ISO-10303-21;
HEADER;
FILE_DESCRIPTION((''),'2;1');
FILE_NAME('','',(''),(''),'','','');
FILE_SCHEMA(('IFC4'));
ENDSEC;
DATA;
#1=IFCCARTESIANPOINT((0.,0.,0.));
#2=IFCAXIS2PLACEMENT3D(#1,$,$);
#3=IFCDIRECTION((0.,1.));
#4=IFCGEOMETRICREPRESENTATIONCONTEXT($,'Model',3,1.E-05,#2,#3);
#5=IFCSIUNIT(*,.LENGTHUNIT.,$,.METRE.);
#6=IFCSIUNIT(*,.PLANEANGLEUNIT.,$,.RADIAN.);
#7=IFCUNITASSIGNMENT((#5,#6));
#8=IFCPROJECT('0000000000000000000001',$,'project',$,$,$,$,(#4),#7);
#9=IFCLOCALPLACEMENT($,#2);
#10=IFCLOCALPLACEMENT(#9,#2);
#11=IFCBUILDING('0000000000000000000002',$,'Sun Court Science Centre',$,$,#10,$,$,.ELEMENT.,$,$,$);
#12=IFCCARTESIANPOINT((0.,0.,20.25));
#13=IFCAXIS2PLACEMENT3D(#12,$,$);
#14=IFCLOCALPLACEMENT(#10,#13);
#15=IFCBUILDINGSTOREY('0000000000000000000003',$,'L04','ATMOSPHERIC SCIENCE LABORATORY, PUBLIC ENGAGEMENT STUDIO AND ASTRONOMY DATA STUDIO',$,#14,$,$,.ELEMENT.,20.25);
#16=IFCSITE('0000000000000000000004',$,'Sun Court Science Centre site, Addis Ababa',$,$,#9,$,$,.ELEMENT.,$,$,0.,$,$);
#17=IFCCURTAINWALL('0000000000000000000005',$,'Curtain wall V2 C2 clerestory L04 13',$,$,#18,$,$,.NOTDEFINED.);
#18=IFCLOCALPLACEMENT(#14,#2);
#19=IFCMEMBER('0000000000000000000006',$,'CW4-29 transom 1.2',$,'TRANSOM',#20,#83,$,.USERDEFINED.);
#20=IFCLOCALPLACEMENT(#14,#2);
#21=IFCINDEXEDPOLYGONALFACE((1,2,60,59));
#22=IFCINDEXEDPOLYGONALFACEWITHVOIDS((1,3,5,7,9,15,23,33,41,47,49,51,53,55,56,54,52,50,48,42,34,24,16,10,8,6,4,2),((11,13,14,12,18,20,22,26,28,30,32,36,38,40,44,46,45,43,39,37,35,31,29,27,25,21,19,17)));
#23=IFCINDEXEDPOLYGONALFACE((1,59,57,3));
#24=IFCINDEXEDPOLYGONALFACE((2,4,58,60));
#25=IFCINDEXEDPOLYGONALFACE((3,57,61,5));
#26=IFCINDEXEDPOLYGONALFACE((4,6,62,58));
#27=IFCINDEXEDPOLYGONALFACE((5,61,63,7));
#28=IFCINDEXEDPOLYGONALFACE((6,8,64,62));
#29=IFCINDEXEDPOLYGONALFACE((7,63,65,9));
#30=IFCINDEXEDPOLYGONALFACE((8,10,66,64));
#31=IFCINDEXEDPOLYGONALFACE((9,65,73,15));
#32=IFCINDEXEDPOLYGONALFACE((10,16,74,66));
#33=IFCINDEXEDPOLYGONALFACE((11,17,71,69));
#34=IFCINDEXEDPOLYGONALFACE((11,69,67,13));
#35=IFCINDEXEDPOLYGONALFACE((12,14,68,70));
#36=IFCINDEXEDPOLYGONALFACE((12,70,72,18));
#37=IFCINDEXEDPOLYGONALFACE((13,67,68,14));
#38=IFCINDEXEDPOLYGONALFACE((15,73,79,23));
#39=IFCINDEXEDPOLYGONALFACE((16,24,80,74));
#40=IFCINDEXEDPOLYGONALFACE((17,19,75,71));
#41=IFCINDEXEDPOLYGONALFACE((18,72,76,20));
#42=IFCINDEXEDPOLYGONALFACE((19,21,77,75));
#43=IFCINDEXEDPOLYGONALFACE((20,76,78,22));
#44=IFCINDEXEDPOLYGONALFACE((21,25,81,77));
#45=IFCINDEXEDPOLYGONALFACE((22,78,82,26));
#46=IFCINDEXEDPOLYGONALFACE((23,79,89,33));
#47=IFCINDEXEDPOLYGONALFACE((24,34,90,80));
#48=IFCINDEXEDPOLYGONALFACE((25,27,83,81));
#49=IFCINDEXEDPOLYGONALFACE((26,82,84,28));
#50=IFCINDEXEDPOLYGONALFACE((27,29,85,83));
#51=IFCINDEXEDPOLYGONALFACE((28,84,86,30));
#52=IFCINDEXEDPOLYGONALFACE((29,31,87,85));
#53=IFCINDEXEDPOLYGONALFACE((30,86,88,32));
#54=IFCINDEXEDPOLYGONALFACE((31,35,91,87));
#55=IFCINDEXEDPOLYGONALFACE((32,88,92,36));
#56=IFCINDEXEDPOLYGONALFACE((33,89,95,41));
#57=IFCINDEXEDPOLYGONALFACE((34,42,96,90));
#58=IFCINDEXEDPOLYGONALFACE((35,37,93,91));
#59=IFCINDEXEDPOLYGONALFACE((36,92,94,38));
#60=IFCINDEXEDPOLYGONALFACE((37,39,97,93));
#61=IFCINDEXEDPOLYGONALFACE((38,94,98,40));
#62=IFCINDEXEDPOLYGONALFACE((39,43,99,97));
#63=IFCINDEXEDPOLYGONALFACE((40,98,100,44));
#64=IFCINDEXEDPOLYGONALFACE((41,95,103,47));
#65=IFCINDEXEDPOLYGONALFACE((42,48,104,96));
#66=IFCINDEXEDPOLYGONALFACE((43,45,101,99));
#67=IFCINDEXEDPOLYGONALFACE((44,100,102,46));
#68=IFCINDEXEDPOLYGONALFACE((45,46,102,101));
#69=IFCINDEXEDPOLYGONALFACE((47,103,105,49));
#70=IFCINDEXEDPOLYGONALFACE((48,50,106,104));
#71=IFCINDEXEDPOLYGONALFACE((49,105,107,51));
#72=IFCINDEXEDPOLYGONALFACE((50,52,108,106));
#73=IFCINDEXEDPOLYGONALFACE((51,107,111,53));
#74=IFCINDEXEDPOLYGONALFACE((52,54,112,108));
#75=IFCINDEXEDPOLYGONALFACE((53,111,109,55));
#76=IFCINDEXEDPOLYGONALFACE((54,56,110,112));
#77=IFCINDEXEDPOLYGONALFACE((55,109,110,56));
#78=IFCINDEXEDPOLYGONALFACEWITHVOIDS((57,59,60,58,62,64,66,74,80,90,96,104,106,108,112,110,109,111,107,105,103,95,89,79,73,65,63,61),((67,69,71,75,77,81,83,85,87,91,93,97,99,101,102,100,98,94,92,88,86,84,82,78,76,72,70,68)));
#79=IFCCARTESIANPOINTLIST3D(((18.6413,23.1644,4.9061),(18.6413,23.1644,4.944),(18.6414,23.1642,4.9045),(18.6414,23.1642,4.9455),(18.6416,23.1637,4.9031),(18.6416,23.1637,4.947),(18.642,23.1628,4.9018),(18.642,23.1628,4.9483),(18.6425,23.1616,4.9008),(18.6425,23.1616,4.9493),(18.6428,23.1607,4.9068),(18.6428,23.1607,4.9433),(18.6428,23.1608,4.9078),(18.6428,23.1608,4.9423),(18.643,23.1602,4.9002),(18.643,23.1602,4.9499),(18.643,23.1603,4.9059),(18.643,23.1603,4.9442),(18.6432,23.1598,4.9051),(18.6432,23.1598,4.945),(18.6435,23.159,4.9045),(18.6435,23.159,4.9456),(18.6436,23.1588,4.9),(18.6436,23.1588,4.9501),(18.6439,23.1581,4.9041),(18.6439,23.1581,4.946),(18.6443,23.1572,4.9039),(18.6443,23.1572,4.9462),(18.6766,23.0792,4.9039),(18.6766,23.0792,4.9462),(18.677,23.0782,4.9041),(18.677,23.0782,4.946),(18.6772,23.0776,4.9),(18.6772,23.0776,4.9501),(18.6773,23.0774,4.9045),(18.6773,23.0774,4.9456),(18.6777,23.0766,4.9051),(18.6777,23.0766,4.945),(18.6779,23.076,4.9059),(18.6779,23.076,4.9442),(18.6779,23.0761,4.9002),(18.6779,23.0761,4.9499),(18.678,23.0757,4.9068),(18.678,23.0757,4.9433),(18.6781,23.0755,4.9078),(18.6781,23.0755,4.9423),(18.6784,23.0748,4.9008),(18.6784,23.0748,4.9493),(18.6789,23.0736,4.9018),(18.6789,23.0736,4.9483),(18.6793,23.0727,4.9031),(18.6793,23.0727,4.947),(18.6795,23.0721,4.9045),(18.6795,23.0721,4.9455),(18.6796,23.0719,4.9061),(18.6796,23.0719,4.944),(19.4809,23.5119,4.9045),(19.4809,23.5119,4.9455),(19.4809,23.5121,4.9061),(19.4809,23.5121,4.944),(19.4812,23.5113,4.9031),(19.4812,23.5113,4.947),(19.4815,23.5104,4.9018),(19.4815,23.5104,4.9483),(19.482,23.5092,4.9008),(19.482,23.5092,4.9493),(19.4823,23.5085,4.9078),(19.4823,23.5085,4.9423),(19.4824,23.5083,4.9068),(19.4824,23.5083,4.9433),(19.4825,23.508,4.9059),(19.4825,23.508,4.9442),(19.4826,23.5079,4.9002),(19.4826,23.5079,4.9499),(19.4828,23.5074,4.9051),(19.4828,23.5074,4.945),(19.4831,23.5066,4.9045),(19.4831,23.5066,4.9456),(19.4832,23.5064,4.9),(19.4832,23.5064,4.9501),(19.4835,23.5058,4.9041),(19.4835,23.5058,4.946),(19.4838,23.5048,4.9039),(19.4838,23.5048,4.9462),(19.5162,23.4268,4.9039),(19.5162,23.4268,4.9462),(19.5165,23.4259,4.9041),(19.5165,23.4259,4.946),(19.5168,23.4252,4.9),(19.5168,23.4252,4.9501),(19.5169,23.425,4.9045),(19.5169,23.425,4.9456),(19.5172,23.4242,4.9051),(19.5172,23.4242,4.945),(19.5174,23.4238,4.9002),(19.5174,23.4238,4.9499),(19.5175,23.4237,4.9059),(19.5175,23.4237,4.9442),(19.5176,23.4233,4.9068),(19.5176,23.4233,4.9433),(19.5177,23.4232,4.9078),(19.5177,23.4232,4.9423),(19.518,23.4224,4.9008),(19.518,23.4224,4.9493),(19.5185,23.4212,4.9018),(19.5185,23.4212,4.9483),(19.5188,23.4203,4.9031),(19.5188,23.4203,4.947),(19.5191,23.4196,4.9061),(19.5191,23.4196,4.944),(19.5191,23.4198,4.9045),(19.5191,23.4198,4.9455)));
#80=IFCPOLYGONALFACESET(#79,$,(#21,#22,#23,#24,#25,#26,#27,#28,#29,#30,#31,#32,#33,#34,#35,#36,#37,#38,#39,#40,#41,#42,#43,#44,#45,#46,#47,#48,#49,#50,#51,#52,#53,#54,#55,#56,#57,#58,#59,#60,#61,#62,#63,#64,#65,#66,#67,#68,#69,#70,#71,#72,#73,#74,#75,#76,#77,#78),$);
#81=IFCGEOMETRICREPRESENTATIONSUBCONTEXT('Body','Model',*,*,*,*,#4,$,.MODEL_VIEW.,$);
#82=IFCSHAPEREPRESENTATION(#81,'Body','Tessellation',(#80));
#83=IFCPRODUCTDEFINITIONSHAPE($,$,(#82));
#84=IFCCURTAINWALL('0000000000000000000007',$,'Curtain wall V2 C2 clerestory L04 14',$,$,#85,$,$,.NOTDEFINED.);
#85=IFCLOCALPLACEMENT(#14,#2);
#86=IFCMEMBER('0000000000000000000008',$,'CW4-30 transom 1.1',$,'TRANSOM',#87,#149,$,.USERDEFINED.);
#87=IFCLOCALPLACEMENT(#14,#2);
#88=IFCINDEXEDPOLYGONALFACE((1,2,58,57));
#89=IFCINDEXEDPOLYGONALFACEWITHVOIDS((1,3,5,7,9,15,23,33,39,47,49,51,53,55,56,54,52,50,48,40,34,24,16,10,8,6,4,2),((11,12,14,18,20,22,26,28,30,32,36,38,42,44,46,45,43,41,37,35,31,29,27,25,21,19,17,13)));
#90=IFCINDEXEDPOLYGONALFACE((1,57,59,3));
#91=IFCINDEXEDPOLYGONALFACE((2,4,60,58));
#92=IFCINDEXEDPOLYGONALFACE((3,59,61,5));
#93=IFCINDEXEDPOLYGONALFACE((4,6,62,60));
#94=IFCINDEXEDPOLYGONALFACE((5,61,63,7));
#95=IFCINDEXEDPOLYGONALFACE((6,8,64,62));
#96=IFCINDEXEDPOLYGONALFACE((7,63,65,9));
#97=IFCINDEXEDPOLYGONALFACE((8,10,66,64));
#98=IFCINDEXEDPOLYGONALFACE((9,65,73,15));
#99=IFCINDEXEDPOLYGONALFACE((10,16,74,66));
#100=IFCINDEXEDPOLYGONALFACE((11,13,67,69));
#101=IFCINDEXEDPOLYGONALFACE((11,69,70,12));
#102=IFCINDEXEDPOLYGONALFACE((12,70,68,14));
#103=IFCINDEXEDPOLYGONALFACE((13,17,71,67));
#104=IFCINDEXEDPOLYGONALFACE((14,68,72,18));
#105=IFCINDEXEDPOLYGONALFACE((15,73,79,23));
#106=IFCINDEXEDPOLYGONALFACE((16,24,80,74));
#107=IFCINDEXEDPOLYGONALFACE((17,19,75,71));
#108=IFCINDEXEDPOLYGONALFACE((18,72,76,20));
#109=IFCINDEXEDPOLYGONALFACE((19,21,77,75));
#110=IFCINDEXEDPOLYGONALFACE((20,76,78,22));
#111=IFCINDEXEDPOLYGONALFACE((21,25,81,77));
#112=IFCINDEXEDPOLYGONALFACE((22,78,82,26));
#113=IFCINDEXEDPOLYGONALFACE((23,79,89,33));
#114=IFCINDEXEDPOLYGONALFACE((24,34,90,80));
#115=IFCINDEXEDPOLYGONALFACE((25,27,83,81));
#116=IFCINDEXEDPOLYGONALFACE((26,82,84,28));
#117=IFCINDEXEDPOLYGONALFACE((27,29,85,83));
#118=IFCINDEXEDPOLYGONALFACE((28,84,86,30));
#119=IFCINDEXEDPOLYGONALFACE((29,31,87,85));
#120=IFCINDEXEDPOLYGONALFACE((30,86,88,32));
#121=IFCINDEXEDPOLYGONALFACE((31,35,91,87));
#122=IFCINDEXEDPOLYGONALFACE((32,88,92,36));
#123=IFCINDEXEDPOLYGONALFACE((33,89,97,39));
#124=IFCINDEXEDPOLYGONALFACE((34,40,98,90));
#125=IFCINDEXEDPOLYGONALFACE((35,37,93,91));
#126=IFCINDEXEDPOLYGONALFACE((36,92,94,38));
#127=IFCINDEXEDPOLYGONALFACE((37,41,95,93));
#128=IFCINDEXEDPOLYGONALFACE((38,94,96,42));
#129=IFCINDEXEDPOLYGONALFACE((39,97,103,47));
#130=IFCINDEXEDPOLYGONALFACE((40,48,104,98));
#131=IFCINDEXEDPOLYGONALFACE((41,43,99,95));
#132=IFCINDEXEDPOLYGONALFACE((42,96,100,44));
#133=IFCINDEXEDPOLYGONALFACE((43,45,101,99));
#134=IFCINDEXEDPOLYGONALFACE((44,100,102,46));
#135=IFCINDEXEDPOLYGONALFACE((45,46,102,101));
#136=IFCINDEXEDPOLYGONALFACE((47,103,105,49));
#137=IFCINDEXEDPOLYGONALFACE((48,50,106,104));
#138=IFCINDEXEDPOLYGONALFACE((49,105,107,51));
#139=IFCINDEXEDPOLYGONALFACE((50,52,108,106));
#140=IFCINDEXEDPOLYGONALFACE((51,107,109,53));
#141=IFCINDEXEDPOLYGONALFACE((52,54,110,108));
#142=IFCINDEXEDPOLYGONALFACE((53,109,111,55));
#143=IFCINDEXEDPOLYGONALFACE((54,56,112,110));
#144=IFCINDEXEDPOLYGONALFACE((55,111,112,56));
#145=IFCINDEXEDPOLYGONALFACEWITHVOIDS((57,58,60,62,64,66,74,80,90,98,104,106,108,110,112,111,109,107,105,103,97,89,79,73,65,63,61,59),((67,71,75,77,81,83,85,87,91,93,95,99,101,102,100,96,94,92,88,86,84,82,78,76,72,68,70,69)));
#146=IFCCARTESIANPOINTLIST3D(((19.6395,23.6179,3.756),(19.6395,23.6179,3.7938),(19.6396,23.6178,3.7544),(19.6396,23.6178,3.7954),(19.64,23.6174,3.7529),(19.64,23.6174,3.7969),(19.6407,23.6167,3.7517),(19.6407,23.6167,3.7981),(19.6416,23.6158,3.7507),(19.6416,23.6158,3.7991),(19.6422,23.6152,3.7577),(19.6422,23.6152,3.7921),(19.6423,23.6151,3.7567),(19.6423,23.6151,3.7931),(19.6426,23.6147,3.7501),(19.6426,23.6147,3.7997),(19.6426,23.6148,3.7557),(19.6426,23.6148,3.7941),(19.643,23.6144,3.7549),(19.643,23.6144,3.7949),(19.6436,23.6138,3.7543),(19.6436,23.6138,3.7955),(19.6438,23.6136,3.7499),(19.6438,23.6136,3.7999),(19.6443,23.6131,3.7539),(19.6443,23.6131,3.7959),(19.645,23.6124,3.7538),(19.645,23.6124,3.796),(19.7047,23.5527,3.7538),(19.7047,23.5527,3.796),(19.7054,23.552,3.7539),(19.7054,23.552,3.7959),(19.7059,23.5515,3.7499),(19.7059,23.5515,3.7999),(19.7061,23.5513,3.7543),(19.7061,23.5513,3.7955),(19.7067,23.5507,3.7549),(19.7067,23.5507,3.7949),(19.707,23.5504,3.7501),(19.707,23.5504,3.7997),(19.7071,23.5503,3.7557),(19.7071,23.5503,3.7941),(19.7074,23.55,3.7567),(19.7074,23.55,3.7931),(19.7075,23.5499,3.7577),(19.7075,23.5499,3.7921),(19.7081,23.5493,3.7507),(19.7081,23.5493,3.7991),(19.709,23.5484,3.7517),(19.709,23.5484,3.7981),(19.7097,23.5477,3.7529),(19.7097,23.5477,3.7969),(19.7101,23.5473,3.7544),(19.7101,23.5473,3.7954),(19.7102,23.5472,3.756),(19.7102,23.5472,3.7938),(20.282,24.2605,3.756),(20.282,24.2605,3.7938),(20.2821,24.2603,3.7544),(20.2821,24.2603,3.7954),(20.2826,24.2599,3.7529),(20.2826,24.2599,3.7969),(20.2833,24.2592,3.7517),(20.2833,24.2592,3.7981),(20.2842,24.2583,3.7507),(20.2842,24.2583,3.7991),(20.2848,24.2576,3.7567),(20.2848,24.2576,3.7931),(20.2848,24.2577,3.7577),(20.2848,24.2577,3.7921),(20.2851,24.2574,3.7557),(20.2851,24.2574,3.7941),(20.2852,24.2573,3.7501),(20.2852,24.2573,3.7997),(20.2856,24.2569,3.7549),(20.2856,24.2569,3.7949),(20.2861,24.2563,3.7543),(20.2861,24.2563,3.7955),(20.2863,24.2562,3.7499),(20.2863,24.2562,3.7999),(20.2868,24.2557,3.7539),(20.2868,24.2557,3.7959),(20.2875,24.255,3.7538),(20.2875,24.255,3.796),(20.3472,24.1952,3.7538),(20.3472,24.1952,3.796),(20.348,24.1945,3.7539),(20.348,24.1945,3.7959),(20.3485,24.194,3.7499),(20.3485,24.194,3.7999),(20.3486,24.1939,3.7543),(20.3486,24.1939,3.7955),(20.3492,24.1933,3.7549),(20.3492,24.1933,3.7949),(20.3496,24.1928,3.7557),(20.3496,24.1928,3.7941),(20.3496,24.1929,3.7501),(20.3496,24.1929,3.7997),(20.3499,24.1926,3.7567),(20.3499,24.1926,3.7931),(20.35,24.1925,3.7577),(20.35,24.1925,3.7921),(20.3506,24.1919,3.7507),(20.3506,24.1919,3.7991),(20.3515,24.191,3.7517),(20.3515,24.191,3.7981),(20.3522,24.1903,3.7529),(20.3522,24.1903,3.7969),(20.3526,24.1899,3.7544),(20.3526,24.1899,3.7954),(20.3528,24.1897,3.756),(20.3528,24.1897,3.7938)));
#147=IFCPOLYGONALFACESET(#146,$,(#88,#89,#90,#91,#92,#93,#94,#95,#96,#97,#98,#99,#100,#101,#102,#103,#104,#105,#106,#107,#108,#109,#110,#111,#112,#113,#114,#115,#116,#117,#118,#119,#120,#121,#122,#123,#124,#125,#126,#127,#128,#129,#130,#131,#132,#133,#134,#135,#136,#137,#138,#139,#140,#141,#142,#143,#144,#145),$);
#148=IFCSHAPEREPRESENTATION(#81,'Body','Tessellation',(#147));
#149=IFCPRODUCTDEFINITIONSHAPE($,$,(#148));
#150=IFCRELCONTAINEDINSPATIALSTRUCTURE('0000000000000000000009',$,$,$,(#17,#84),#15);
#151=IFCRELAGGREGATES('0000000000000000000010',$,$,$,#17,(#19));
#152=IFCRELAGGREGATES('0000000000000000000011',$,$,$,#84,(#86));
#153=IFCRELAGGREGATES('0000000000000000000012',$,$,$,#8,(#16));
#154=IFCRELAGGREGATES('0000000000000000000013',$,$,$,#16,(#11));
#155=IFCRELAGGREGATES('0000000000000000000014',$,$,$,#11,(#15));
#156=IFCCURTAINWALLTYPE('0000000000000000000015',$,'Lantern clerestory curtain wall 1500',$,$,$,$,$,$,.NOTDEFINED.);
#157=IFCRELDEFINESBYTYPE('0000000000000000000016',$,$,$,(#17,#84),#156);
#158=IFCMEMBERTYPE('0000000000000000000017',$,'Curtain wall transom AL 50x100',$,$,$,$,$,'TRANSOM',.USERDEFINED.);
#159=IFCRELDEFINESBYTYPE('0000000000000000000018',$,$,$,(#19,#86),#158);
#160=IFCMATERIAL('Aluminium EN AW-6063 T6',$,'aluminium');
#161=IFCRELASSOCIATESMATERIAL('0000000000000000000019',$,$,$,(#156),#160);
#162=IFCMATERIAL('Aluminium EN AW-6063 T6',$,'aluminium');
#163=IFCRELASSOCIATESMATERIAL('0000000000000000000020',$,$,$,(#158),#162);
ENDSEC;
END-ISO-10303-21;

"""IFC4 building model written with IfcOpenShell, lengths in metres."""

from ifc_helpers import new_model, si_unit, direction, frame, origin, origin_2d, place, context, subcontext, project, spatial, hollow_rectangle, extrude, material, material_profile, profile_set, type_object, element, aggregate, save


model = new_model("IFC4")

# Units and contexts
model_context = context("Model", 3, precision=1e-05, world=origin(), true_north=direction((0.0, 1.0)))
body_context = subcontext(model_context, "Body", "Model", "MODEL_VIEW")
ifc_project = project(units=[si_unit("LENGTHUNIT", "METRE"), si_unit("PLANEANGLEUNIT", "RADIAN")], contexts=[model_context])

# Site, building, storey
site_placement = place(None, origin())
site = spatial("IfcSite", under=ifc_project, at=site_placement, Name="Sun Court Science Centre site, Addis Ababa", CompositionType="ELEMENT", RefElevation=0.0)
building_placement = place(site_placement, origin())
building = spatial("IfcBuilding", under=site, at=building_placement, Name="Sun Court Science Centre", CompositionType="ELEMENT")
storey_placement = place(building_placement, frame((0.0, 0.0, 20.25)))
storey = spatial("IfcBuildingStorey", under=building, at=storey_placement, Name="L04", Description="ATMOSPHERIC SCIENCE LABORATORY, PUBLIC ENGAGEMENT STUDIO AND ASTRONOMY DATA STUDIO", CompositionType="ELEMENT", Elevation=20.25)

# Shared definitions
ifc_material_1 = material(Name="Aluminium EN AW-6063 T6", Category="aluminium")
curtain_wall_type = type_object("IfcCurtainWallType", Name="Lantern clerestory curtain wall 1500", PredefinedType="NOTDEFINED", material=ifc_material_1)

# Curtain walls, members
ifc_material_2 = material(Name="Aluminium EN AW-6063 T6", Category="aluminium")
ifc_material_profile_1 = material_profile(ifc_material_2, hollow_rectangle(XDim=0.05, YDim=0.1001, WallThickness=0.0039, InnerFilletRadius=0.0039, OuterFilletRadius=0.0061, at=origin_2d()), Name="AL 50x100x4")
ifc_profile_set_1 = profile_set([ifc_material_profile_1], Name="Aluminium EN AW-6063 T6")
member_type_1 = type_object("IfcMemberType", Name="Curtain wall transom AL 50x100", ElementType="TRANSOM", PredefinedType="USERDEFINED", material=ifc_profile_set_1)
curtain_wall_1_placement = place(storey_placement, origin())
curtain_wall_1 = element("IfcCurtainWall", 1, at=curtain_wall_1_placement, inside=storey, type_object=curtain_wall_type, Name="Curtain wall V2 C2 clerestory L04 13", PredefinedType="NOTDEFINED")
member_1_placement = place(storey_placement, frame((19.5, 23.4658, 4.925), z_axis=(-0.923925, -0.382573, 0.0), x_axis=(0.0, 0.0, 1.0)))
member_1 = element("IfcMember", 2, at=member_1_placement, type_object=member_type_1, Name="CW4-29 transom 1.2", ObjectType="TRANSOM", PredefinedType="USERDEFINED", context=body_context, shape_type="SweptSolid", body=[
    extrude(hollow_rectangle(XDim=0.05, YDim=0.1001, WallThickness=0.0039, InnerFilletRadius=0.0039, OuterFilletRadius=0.0061, at=origin_2d()), origin(), (0.0, 0.0, 1.0), 0.9087),
])
curtain_wall_2_placement = place(storey_placement, origin())
curtain_wall_2 = element("IfcCurtainWall", 3, at=curtain_wall_2_placement, inside=storey, type_object=curtain_wall_type, Name="Curtain wall V2 C2 clerestory L04 14", PredefinedType="NOTDEFINED")
member_2_placement = place(storey_placement, frame((20.3174, 24.2251, 3.7749), z_axis=(-0.707107, -0.707107, 0.0), x_axis=(0.0, 0.0, 1.0)))
member_2 = element("IfcMember", 4, at=member_2_placement, type_object=member_type_1, Name="CW4-30 transom 1.1", ObjectType="TRANSOM", PredefinedType="USERDEFINED", context=body_context, shape_type="SweptSolid", body=[
    extrude(hollow_rectangle(XDim=0.05, YDim=0.1001, WallThickness=0.0039, InnerFilletRadius=0.0039, OuterFilletRadius=0.0061, at=origin_2d()), origin(), (0.0, 0.0, 1.0), 0.9087),
])

aggregate(curtain_wall_1, [member_1])
aggregate(curtain_wall_2, [member_2])

save(model, "model.ifc")
